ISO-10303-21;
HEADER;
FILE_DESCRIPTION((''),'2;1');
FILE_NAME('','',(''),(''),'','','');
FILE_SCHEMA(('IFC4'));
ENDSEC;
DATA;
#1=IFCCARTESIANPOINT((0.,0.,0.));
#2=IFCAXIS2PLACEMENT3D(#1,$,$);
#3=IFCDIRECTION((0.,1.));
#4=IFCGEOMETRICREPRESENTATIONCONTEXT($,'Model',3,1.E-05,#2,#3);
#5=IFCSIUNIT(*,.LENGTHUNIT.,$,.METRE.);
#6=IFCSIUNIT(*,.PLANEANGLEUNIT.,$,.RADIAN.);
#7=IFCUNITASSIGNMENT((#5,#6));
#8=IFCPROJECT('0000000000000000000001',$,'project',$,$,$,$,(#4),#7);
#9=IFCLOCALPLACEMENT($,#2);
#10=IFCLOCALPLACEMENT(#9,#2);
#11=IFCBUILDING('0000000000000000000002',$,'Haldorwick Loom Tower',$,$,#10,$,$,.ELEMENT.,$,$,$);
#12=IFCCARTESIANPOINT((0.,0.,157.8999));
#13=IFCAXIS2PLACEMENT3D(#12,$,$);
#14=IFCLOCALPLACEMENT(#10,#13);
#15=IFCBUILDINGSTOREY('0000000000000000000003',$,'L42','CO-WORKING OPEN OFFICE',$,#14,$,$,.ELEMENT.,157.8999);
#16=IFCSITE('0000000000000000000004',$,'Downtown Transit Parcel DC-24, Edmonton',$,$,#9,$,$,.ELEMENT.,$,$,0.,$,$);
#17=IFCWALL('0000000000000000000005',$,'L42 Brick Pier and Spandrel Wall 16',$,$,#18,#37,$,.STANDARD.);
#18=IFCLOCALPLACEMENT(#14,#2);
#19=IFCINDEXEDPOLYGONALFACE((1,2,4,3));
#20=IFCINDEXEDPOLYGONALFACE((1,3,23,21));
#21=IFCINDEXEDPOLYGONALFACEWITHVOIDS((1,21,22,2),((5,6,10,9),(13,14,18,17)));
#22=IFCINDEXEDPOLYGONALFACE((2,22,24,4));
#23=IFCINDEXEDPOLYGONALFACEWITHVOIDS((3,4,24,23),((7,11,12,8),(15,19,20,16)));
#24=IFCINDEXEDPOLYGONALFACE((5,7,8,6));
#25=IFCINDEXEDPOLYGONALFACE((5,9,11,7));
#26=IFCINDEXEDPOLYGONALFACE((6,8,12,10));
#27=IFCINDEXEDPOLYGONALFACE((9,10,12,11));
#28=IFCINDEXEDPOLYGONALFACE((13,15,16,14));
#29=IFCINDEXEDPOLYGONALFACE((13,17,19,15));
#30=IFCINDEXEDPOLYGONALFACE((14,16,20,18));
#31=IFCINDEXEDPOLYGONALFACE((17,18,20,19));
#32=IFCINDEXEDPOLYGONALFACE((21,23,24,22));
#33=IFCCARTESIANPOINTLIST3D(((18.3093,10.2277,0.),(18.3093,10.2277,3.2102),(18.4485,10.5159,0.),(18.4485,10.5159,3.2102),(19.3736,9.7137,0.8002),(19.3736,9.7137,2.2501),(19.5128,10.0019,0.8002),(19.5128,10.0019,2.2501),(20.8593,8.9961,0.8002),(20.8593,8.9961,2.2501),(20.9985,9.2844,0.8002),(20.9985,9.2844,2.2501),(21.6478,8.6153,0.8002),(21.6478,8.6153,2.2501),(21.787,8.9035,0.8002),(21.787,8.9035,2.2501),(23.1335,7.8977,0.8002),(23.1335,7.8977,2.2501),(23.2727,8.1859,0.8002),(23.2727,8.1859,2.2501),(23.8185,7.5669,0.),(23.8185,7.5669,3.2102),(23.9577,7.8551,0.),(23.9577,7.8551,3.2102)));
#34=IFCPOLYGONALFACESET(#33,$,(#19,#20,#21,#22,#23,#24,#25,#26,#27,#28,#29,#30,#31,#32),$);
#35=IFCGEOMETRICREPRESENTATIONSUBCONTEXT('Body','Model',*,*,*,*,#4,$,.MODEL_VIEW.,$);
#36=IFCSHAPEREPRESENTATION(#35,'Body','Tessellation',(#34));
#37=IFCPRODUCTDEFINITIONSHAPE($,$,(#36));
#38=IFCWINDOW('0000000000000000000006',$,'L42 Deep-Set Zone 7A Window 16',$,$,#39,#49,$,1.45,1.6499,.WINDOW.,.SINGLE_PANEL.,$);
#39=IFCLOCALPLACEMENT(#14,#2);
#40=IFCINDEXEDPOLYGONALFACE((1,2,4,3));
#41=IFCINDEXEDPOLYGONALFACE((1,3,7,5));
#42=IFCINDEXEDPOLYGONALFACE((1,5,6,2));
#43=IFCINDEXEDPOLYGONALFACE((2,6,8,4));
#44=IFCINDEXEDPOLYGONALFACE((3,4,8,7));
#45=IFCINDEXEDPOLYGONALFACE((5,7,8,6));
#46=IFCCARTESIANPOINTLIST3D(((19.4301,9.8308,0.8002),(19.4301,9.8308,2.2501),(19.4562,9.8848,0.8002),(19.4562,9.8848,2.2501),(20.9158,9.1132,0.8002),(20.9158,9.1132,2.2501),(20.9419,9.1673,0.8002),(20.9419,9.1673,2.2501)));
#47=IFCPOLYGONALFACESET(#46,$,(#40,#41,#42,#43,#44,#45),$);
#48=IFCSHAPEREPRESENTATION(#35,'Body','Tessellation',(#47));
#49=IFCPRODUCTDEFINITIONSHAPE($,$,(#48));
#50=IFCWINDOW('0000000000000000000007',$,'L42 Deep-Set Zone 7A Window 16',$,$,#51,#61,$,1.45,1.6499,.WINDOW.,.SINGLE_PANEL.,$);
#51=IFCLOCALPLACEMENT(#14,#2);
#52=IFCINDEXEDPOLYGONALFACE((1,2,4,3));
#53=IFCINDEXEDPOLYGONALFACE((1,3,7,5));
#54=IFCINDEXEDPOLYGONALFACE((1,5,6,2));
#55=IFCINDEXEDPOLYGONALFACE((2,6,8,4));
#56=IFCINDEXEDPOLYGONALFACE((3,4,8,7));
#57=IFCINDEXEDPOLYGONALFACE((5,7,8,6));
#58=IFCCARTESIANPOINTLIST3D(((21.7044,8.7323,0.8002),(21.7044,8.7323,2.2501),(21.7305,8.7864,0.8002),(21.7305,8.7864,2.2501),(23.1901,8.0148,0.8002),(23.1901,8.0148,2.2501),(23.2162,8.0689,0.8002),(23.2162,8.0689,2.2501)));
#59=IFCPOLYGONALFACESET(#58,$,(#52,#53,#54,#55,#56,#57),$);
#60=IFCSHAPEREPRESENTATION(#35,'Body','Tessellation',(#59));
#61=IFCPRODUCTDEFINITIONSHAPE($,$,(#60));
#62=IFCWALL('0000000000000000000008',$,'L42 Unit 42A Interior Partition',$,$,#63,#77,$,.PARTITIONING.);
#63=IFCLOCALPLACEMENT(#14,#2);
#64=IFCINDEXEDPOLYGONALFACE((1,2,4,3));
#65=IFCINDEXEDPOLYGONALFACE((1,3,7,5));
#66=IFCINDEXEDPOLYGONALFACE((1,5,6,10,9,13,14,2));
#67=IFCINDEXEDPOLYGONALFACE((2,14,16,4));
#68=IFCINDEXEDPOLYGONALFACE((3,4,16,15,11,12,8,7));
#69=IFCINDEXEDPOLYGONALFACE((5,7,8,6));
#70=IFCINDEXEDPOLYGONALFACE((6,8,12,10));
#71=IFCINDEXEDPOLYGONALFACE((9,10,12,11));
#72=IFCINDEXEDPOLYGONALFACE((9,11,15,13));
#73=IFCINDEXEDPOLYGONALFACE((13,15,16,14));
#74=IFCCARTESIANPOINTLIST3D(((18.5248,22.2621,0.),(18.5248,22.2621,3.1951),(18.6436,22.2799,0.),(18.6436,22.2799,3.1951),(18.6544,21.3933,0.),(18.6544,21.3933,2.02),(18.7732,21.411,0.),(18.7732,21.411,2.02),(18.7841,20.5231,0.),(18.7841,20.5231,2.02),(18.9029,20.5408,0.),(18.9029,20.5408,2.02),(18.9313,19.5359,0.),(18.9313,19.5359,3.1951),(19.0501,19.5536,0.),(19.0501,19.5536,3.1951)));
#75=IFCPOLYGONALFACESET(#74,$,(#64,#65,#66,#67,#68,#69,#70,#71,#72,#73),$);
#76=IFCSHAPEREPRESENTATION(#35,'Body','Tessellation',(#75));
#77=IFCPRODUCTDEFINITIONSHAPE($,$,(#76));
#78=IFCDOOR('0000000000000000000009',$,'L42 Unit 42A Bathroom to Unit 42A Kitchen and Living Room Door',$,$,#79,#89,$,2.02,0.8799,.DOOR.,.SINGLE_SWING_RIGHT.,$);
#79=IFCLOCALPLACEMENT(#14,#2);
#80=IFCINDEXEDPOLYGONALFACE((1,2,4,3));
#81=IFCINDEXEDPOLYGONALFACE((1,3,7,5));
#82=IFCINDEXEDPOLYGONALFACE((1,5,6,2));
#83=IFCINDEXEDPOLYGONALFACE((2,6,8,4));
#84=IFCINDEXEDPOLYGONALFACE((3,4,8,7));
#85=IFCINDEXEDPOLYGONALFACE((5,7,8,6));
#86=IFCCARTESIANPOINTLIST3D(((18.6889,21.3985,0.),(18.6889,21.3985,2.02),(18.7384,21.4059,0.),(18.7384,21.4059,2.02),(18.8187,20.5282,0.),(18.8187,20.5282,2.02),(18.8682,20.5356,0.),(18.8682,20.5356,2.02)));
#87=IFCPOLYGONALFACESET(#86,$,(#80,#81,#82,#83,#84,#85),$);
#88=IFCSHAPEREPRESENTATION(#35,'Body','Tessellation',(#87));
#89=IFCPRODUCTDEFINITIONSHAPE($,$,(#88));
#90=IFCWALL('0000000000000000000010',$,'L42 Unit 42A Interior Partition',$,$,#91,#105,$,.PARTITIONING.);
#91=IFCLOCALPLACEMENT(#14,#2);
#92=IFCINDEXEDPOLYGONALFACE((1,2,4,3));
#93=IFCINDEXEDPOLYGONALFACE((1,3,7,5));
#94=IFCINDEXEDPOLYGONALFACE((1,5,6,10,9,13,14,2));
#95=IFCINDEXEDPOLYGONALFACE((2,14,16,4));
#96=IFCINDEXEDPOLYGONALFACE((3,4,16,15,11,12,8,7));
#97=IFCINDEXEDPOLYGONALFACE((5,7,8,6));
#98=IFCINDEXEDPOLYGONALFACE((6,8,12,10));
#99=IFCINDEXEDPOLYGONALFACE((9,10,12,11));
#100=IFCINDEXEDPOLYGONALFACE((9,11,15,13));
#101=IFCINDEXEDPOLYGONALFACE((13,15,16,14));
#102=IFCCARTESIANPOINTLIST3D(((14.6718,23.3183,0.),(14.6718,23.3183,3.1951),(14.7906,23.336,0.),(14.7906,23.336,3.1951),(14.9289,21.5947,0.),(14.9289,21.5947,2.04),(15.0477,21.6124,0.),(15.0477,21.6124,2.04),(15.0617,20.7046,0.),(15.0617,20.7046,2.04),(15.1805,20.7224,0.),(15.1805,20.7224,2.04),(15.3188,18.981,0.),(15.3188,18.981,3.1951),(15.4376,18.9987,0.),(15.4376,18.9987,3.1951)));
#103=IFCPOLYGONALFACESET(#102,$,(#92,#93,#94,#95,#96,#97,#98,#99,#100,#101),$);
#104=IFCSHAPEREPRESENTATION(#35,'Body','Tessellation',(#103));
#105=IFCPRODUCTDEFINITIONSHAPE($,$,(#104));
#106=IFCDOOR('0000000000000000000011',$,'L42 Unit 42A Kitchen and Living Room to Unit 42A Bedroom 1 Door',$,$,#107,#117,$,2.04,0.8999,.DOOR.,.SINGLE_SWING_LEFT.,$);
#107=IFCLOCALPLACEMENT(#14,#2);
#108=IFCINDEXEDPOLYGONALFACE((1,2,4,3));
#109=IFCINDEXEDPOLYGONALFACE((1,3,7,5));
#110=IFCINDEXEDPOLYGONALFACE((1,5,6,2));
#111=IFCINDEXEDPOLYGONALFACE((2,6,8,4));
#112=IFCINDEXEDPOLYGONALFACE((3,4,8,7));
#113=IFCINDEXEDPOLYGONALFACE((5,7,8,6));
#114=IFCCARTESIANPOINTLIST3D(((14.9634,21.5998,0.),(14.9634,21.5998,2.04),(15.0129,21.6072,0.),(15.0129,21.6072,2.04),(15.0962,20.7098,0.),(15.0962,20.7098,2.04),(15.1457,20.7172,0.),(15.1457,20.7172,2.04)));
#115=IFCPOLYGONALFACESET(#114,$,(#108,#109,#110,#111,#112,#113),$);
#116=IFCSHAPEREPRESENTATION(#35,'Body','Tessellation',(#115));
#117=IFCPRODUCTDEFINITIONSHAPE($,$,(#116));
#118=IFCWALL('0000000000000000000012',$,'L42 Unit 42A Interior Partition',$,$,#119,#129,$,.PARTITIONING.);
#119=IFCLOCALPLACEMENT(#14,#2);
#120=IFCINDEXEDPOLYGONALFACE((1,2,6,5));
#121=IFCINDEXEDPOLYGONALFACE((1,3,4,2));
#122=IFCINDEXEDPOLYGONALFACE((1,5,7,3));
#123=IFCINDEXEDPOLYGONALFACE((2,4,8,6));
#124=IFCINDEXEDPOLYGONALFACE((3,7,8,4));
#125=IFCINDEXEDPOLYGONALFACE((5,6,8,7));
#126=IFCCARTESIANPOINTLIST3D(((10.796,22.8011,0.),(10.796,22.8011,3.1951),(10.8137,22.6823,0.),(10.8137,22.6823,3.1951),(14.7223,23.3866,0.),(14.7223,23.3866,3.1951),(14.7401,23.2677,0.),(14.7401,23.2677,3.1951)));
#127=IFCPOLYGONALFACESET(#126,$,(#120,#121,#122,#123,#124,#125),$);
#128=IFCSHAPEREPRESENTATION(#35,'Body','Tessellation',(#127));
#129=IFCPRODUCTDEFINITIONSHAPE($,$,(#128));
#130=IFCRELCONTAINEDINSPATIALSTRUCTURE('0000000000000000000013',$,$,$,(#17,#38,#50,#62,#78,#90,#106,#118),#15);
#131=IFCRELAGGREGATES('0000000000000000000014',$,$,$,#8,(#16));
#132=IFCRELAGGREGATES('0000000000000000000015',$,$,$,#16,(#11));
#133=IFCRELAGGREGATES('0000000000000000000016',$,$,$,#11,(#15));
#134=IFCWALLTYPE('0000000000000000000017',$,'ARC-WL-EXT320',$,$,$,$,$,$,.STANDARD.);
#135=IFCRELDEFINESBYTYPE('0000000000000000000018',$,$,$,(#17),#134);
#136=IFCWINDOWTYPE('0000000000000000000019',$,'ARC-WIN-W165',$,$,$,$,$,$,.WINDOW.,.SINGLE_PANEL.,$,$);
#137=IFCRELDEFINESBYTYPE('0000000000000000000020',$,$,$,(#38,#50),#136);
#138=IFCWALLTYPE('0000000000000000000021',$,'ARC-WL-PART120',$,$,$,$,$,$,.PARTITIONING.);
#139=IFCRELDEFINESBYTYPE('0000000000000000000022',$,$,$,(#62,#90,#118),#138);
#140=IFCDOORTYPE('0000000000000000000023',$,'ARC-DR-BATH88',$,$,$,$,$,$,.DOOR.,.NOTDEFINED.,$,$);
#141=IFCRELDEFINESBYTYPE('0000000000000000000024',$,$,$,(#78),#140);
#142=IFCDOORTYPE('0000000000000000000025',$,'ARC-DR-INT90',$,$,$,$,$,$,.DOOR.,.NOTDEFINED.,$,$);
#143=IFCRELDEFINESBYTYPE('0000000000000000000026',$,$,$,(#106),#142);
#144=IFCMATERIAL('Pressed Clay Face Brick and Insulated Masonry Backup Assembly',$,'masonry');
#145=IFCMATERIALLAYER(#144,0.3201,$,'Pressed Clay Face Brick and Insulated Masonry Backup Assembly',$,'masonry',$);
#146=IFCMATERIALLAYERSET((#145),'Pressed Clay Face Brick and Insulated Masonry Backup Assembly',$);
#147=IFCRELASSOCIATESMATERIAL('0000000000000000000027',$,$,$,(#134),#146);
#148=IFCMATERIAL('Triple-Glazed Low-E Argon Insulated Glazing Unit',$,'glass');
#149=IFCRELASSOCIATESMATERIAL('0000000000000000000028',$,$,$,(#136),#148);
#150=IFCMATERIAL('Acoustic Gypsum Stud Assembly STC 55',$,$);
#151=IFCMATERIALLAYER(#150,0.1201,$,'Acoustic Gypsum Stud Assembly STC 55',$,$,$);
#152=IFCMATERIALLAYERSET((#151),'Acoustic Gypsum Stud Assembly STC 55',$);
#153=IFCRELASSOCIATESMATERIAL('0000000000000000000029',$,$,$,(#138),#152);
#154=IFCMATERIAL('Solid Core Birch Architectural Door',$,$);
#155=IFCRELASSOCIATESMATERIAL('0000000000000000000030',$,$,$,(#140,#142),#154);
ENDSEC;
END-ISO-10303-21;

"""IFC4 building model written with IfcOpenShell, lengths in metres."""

from ifc_helpers import new_model, si_unit, direction, frame, frame_2d, origin, place, context, subcontext, project, spatial, rectangle, extrude, material, layer, layer_set, type_object, element, fill, save


model = new_model("IFC4")

# Units and contexts
model_context = context("Model", 3, precision=1e-05, world=origin(), true_north=direction((0.0, 1.0)))
body_context = subcontext(model_context, "Body", "Model", "MODEL_VIEW")
ifc_project = project(units=[si_unit("LENGTHUNIT", "METRE"), si_unit("PLANEANGLEUNIT", "RADIAN")], contexts=[model_context])

# Site, building, storey
site_placement = place(None, origin())
site = spatial("IfcSite", under=ifc_project, at=site_placement, Name="Downtown Transit Parcel DC-24, Edmonton", CompositionType="ELEMENT", RefElevation=0.0)
building_placement = place(site_placement, origin())
building = spatial("IfcBuilding", under=site, at=building_placement, Name="Haldorwick Loom Tower", CompositionType="ELEMENT")
storey_placement = place(building_placement, frame((0.0, 0.0, 157.8999)))
storey = spatial("IfcBuildingStorey", under=building, at=storey_placement, Name="L42", Description="CO-WORKING OPEN OFFICE", CompositionType="ELEMENT", Elevation=157.8999)

# Shared definitions
ifc_material_1 = material(Name="Pressed Clay Face Brick and Insulated Masonry Backup Assembly", Category="masonry")
ifc_layer_1 = layer(ifc_material_1, 0.3201, Name="Pressed Clay Face Brick and Insulated Masonry Backup Assembly", Category="masonry")
ifc_layer_set_1 = layer_set([ifc_layer_1], Name="Pressed Clay Face Brick and Insulated Masonry Backup Assembly")
wall_type_1 = type_object("IfcWallType", Name="ARC-WL-EXT320", PredefinedType="STANDARD", material=ifc_layer_set_1)

# Wall, openings, windows
wall_1_placement = place(storey_placement, frame((18.3789, 10.3718, 0.0), z_axis=(0.0, 0.0, 1.0), x_axis=(0.900472, -0.434913, 0.0)))
wall_1 = element("IfcWall", 1, at=wall_1_placement, inside=storey, type_object=wall_type_1, Name="L42 Brick Pier and Spandrel Wall 16", PredefinedType="STANDARD", context=body_context, shape_type="SweptSolid", body=[
    extrude(rectangle(XDim=6.1182, YDim=0.3201, at=frame_2d((3.0591, 0.0))), origin(), (0.0, 0.0, 1.0), 3.2102),
])
opening_1_placement = place(wall_1_placement, frame((1.1819, 0.0, 0.8)))
opening_1 = element("IfcOpeningElement", 2, at=opening_1_placement, cuts=wall_1, PredefinedType="OPENING", context=body_context, shape_type="SweptSolid", body=[
    extrude(rectangle(XDim=1.6499, YDim=1.45, at=frame_2d((0.825, 0.7251))), frame((0.0, 0.1699, 0.0), z_axis=(0.0, -1.0, 0.0), x_axis=(1.0, 0.0, 0.0)), (0.0, 0.0, 1.0), 0.3401),
])
opening_2_placement = place(wall_1_placement, frame((3.7075, 0.0, 0.8)))
opening_2 = element("IfcOpeningElement", 3, at=opening_2_placement, cuts=wall_1, PredefinedType="OPENING", context=body_context, shape_type="SweptSolid", body=[
    extrude(rectangle(XDim=1.6499, YDim=1.45, at=frame_2d((0.825, 0.7251))), frame((0.0, 0.1699, 0.0), z_axis=(0.0, -1.0, 0.0), x_axis=(1.0, 0.0, 0.0)), (0.0, 0.0, 1.0), 0.3401),
])
ifc_material_2 = material(Name="Triple-Glazed Low-E Argon Insulated Glazing Unit", Category="glass")
window_type = type_object("IfcWindowType", Name="ARC-WIN-W165", PartitioningType="SINGLE_PANEL", PredefinedType="WINDOW", material=ifc_material_2)
window_1_placement = place(opening_1_placement, origin())
window_1 = element("IfcWindow", 4, at=window_1_placement, inside=storey, type_object=window_type, Name="L42 Deep-Set Zone 7A Window 16", OverallHeight=1.45, OverallWidth=1.6499, PartitioningType="SINGLE_PANEL", PredefinedType="WINDOW", context=body_context, shape_type="SweptSolid", body=[
    extrude(rectangle(XDim=1.6499, YDim=1.45, at=frame_2d((0.825, 0.7251))), frame((0.0, 0.03, 0.0), z_axis=(0.0, -1.0, 0.0), x_axis=(1.0, 0.0, 0.0)), (0.0, 0.0, 1.0), 0.0601),
])
fill(opening_1, window_1)
window_2_placement = place(opening_2_placement, origin())
window_2 = element("IfcWindow", 5, at=window_2_placement, inside=storey, type_object=window_type, Name="L42 Deep-Set Zone 7A Window 16", OverallHeight=1.45, OverallWidth=1.6499, PartitioningType="SINGLE_PANEL", PredefinedType="WINDOW", context=body_context, shape_type="SweptSolid", body=[
    extrude(rectangle(XDim=1.6499, YDim=1.45, at=frame_2d((0.825, 0.7251))), frame((0.0, 0.03, 0.0), z_axis=(0.0, -1.0, 0.0), x_axis=(1.0, 0.0, 0.0)), (0.0, 0.0, 1.0), 0.0601),
])
fill(opening_2, window_2)

# Walls, openings, doors
ifc_material_3 = material(Name="Acoustic Gypsum Stud Assembly STC 55")
ifc_layer_2 = layer(ifc_material_3, 0.1201, Name="Acoustic Gypsum Stud Assembly STC 55")
ifc_layer_set_2 = layer_set([ifc_layer_2], Name="Acoustic Gypsum Stud Assembly STC 55")
wall_type_2 = type_object("IfcWallType", Name="ARC-WL-PART120", PredefinedType="PARTITIONING", material=ifc_layer_set_2)
wall_2_placement = place(storey_placement, frame((18.5842, 22.271, 0.0), z_axis=(0.0, 0.0, 1.0), x_axis=(0.14747, -0.989067, 0.0)))
wall_2 = element("IfcWall", 6, at=wall_2_placement, inside=storey, type_object=wall_type_2, Name="L42 Unit 42A Interior Partition", PredefinedType="PARTITIONING", context=body_context, shape_type="SweptSolid", body=[
    extrude(rectangle(XDim=2.7563, YDim=0.1201, at=frame_2d((1.3782, 0.0))), origin(), (0.0, 0.0, 1.0), 3.1951),
])
opening_3_placement = place(wall_2_placement, frame((0.8784, 0.0, 0.0)))
opening_3 = element("IfcOpeningElement", 7, at=opening_3_placement, cuts=wall_2, PredefinedType="OPENING", context=body_context, shape_type="SweptSolid", body=[
    extrude(rectangle(XDim=0.8799, YDim=2.02, at=frame_2d((0.4399, 1.01))), frame((0.0, 0.0701, 0.0), z_axis=(0.0, -1.0, 0.0), x_axis=(1.0, 0.0, 0.0)), (0.0, 0.0, 1.0), 0.1401),
])
ifc_material_4 = material(Name="Solid Core Birch Architectural Door")
door_type_1 = type_object("IfcDoorType", Name="ARC-DR-BATH88", OperationType="NOTDEFINED", PredefinedType="DOOR", material=ifc_material_4)
door_1_placement = place(opening_3_placement, origin())
door_1 = element("IfcDoor", 8, at=door_1_placement, inside=storey, type_object=door_type_1, Name="L42 Unit 42A Bathroom to Unit 42A Kitchen and Living Room Door", OperationType="SINGLE_SWING_RIGHT", OverallHeight=2.02, OverallWidth=0.8799, PredefinedType="DOOR", context=body_context, shape_type="SweptSolid", body=[
    extrude(rectangle(XDim=0.8799, YDim=2.02, at=frame_2d((0.4399, 1.01))), frame((0.0, 0.0249, 0.0), z_axis=(0.0, -1.0, 0.0), x_axis=(1.0, 0.0, 0.0)), (0.0, 0.0, 1.0), 0.05),
])
fill(opening_3, door_1)
wall_3_placement = place(storey_placement, frame((14.7312, 23.3271, 0.0), z_axis=(0.0, 0.0, 1.0), x_axis=(0.147537, -0.989056, 0.0)))
wall_3 = element("IfcWall", 9, at=wall_3_placement, inside=storey, type_object=wall_type_2, Name="L42 Unit 42A Interior Partition", PredefinedType="PARTITIONING", context=body_context, shape_type="SweptSolid", body=[
    extrude(rectangle(XDim=4.3853, YDim=0.1201, at=frame_2d((2.1926, 0.0))), origin(), (0.0, 0.0, 1.0), 3.1951),
])
opening_4_placement = place(wall_3_placement, frame((1.7427, 0.0, 0.0)))
opening_4 = element("IfcOpeningElement", 10, at=opening_4_placement, cuts=wall_3, PredefinedType="OPENING", context=body_context, shape_type="SweptSolid", body=[
    extrude(rectangle(XDim=0.8999, YDim=2.04, at=frame_2d((0.45, 1.02))), frame((0.0, 0.0701, 0.0), z_axis=(0.0, -1.0, 0.0), x_axis=(1.0, 0.0, 0.0)), (0.0, 0.0, 1.0), 0.1401),
])
door_type_2 = type_object("IfcDoorType", Name="ARC-DR-INT90", OperationType="NOTDEFINED", PredefinedType="DOOR", material=ifc_material_4)
door_2_placement = place(opening_4_placement, origin())
door_2 = element("IfcDoor", 11, at=door_2_placement, inside=storey, type_object=door_type_2, Name="L42 Unit 42A Kitchen and Living Room to Unit 42A Bedroom 1 Door", OperationType="SINGLE_SWING_LEFT", OverallHeight=2.04, OverallWidth=0.8999, PredefinedType="DOOR", context=body_context, shape_type="SweptSolid", body=[
    extrude(rectangle(XDim=0.8999, YDim=2.04, at=frame_2d((0.45, 1.02))), frame((0.0, 0.0249, 0.0), z_axis=(0.0, -1.0, 0.0), x_axis=(1.0, 0.0, 0.0)), (0.0, 0.0, 1.0), 0.05),
])
fill(opening_4, door_2)

# Wall
wall_4_placement = place(storey_placement, frame((14.7312, 23.3271, 0.0), z_axis=(0.0, 0.0, 1.0), x_axis=(-0.989065, -0.14748, 0.0)))
element("IfcWall", 12, at=wall_4_placement, inside=storey, type_object=wall_type_2, Name="L42 Unit 42A Interior Partition", PredefinedType="PARTITIONING", context=body_context, shape_type="SweptSolid", body=[
    extrude(rectangle(XDim=3.9697, YDim=0.1201, at=frame_2d((1.9849, 0.0))), origin(), (0.0, 0.0, 1.0), 3.1951),
])

save(model, "model.ifc")
